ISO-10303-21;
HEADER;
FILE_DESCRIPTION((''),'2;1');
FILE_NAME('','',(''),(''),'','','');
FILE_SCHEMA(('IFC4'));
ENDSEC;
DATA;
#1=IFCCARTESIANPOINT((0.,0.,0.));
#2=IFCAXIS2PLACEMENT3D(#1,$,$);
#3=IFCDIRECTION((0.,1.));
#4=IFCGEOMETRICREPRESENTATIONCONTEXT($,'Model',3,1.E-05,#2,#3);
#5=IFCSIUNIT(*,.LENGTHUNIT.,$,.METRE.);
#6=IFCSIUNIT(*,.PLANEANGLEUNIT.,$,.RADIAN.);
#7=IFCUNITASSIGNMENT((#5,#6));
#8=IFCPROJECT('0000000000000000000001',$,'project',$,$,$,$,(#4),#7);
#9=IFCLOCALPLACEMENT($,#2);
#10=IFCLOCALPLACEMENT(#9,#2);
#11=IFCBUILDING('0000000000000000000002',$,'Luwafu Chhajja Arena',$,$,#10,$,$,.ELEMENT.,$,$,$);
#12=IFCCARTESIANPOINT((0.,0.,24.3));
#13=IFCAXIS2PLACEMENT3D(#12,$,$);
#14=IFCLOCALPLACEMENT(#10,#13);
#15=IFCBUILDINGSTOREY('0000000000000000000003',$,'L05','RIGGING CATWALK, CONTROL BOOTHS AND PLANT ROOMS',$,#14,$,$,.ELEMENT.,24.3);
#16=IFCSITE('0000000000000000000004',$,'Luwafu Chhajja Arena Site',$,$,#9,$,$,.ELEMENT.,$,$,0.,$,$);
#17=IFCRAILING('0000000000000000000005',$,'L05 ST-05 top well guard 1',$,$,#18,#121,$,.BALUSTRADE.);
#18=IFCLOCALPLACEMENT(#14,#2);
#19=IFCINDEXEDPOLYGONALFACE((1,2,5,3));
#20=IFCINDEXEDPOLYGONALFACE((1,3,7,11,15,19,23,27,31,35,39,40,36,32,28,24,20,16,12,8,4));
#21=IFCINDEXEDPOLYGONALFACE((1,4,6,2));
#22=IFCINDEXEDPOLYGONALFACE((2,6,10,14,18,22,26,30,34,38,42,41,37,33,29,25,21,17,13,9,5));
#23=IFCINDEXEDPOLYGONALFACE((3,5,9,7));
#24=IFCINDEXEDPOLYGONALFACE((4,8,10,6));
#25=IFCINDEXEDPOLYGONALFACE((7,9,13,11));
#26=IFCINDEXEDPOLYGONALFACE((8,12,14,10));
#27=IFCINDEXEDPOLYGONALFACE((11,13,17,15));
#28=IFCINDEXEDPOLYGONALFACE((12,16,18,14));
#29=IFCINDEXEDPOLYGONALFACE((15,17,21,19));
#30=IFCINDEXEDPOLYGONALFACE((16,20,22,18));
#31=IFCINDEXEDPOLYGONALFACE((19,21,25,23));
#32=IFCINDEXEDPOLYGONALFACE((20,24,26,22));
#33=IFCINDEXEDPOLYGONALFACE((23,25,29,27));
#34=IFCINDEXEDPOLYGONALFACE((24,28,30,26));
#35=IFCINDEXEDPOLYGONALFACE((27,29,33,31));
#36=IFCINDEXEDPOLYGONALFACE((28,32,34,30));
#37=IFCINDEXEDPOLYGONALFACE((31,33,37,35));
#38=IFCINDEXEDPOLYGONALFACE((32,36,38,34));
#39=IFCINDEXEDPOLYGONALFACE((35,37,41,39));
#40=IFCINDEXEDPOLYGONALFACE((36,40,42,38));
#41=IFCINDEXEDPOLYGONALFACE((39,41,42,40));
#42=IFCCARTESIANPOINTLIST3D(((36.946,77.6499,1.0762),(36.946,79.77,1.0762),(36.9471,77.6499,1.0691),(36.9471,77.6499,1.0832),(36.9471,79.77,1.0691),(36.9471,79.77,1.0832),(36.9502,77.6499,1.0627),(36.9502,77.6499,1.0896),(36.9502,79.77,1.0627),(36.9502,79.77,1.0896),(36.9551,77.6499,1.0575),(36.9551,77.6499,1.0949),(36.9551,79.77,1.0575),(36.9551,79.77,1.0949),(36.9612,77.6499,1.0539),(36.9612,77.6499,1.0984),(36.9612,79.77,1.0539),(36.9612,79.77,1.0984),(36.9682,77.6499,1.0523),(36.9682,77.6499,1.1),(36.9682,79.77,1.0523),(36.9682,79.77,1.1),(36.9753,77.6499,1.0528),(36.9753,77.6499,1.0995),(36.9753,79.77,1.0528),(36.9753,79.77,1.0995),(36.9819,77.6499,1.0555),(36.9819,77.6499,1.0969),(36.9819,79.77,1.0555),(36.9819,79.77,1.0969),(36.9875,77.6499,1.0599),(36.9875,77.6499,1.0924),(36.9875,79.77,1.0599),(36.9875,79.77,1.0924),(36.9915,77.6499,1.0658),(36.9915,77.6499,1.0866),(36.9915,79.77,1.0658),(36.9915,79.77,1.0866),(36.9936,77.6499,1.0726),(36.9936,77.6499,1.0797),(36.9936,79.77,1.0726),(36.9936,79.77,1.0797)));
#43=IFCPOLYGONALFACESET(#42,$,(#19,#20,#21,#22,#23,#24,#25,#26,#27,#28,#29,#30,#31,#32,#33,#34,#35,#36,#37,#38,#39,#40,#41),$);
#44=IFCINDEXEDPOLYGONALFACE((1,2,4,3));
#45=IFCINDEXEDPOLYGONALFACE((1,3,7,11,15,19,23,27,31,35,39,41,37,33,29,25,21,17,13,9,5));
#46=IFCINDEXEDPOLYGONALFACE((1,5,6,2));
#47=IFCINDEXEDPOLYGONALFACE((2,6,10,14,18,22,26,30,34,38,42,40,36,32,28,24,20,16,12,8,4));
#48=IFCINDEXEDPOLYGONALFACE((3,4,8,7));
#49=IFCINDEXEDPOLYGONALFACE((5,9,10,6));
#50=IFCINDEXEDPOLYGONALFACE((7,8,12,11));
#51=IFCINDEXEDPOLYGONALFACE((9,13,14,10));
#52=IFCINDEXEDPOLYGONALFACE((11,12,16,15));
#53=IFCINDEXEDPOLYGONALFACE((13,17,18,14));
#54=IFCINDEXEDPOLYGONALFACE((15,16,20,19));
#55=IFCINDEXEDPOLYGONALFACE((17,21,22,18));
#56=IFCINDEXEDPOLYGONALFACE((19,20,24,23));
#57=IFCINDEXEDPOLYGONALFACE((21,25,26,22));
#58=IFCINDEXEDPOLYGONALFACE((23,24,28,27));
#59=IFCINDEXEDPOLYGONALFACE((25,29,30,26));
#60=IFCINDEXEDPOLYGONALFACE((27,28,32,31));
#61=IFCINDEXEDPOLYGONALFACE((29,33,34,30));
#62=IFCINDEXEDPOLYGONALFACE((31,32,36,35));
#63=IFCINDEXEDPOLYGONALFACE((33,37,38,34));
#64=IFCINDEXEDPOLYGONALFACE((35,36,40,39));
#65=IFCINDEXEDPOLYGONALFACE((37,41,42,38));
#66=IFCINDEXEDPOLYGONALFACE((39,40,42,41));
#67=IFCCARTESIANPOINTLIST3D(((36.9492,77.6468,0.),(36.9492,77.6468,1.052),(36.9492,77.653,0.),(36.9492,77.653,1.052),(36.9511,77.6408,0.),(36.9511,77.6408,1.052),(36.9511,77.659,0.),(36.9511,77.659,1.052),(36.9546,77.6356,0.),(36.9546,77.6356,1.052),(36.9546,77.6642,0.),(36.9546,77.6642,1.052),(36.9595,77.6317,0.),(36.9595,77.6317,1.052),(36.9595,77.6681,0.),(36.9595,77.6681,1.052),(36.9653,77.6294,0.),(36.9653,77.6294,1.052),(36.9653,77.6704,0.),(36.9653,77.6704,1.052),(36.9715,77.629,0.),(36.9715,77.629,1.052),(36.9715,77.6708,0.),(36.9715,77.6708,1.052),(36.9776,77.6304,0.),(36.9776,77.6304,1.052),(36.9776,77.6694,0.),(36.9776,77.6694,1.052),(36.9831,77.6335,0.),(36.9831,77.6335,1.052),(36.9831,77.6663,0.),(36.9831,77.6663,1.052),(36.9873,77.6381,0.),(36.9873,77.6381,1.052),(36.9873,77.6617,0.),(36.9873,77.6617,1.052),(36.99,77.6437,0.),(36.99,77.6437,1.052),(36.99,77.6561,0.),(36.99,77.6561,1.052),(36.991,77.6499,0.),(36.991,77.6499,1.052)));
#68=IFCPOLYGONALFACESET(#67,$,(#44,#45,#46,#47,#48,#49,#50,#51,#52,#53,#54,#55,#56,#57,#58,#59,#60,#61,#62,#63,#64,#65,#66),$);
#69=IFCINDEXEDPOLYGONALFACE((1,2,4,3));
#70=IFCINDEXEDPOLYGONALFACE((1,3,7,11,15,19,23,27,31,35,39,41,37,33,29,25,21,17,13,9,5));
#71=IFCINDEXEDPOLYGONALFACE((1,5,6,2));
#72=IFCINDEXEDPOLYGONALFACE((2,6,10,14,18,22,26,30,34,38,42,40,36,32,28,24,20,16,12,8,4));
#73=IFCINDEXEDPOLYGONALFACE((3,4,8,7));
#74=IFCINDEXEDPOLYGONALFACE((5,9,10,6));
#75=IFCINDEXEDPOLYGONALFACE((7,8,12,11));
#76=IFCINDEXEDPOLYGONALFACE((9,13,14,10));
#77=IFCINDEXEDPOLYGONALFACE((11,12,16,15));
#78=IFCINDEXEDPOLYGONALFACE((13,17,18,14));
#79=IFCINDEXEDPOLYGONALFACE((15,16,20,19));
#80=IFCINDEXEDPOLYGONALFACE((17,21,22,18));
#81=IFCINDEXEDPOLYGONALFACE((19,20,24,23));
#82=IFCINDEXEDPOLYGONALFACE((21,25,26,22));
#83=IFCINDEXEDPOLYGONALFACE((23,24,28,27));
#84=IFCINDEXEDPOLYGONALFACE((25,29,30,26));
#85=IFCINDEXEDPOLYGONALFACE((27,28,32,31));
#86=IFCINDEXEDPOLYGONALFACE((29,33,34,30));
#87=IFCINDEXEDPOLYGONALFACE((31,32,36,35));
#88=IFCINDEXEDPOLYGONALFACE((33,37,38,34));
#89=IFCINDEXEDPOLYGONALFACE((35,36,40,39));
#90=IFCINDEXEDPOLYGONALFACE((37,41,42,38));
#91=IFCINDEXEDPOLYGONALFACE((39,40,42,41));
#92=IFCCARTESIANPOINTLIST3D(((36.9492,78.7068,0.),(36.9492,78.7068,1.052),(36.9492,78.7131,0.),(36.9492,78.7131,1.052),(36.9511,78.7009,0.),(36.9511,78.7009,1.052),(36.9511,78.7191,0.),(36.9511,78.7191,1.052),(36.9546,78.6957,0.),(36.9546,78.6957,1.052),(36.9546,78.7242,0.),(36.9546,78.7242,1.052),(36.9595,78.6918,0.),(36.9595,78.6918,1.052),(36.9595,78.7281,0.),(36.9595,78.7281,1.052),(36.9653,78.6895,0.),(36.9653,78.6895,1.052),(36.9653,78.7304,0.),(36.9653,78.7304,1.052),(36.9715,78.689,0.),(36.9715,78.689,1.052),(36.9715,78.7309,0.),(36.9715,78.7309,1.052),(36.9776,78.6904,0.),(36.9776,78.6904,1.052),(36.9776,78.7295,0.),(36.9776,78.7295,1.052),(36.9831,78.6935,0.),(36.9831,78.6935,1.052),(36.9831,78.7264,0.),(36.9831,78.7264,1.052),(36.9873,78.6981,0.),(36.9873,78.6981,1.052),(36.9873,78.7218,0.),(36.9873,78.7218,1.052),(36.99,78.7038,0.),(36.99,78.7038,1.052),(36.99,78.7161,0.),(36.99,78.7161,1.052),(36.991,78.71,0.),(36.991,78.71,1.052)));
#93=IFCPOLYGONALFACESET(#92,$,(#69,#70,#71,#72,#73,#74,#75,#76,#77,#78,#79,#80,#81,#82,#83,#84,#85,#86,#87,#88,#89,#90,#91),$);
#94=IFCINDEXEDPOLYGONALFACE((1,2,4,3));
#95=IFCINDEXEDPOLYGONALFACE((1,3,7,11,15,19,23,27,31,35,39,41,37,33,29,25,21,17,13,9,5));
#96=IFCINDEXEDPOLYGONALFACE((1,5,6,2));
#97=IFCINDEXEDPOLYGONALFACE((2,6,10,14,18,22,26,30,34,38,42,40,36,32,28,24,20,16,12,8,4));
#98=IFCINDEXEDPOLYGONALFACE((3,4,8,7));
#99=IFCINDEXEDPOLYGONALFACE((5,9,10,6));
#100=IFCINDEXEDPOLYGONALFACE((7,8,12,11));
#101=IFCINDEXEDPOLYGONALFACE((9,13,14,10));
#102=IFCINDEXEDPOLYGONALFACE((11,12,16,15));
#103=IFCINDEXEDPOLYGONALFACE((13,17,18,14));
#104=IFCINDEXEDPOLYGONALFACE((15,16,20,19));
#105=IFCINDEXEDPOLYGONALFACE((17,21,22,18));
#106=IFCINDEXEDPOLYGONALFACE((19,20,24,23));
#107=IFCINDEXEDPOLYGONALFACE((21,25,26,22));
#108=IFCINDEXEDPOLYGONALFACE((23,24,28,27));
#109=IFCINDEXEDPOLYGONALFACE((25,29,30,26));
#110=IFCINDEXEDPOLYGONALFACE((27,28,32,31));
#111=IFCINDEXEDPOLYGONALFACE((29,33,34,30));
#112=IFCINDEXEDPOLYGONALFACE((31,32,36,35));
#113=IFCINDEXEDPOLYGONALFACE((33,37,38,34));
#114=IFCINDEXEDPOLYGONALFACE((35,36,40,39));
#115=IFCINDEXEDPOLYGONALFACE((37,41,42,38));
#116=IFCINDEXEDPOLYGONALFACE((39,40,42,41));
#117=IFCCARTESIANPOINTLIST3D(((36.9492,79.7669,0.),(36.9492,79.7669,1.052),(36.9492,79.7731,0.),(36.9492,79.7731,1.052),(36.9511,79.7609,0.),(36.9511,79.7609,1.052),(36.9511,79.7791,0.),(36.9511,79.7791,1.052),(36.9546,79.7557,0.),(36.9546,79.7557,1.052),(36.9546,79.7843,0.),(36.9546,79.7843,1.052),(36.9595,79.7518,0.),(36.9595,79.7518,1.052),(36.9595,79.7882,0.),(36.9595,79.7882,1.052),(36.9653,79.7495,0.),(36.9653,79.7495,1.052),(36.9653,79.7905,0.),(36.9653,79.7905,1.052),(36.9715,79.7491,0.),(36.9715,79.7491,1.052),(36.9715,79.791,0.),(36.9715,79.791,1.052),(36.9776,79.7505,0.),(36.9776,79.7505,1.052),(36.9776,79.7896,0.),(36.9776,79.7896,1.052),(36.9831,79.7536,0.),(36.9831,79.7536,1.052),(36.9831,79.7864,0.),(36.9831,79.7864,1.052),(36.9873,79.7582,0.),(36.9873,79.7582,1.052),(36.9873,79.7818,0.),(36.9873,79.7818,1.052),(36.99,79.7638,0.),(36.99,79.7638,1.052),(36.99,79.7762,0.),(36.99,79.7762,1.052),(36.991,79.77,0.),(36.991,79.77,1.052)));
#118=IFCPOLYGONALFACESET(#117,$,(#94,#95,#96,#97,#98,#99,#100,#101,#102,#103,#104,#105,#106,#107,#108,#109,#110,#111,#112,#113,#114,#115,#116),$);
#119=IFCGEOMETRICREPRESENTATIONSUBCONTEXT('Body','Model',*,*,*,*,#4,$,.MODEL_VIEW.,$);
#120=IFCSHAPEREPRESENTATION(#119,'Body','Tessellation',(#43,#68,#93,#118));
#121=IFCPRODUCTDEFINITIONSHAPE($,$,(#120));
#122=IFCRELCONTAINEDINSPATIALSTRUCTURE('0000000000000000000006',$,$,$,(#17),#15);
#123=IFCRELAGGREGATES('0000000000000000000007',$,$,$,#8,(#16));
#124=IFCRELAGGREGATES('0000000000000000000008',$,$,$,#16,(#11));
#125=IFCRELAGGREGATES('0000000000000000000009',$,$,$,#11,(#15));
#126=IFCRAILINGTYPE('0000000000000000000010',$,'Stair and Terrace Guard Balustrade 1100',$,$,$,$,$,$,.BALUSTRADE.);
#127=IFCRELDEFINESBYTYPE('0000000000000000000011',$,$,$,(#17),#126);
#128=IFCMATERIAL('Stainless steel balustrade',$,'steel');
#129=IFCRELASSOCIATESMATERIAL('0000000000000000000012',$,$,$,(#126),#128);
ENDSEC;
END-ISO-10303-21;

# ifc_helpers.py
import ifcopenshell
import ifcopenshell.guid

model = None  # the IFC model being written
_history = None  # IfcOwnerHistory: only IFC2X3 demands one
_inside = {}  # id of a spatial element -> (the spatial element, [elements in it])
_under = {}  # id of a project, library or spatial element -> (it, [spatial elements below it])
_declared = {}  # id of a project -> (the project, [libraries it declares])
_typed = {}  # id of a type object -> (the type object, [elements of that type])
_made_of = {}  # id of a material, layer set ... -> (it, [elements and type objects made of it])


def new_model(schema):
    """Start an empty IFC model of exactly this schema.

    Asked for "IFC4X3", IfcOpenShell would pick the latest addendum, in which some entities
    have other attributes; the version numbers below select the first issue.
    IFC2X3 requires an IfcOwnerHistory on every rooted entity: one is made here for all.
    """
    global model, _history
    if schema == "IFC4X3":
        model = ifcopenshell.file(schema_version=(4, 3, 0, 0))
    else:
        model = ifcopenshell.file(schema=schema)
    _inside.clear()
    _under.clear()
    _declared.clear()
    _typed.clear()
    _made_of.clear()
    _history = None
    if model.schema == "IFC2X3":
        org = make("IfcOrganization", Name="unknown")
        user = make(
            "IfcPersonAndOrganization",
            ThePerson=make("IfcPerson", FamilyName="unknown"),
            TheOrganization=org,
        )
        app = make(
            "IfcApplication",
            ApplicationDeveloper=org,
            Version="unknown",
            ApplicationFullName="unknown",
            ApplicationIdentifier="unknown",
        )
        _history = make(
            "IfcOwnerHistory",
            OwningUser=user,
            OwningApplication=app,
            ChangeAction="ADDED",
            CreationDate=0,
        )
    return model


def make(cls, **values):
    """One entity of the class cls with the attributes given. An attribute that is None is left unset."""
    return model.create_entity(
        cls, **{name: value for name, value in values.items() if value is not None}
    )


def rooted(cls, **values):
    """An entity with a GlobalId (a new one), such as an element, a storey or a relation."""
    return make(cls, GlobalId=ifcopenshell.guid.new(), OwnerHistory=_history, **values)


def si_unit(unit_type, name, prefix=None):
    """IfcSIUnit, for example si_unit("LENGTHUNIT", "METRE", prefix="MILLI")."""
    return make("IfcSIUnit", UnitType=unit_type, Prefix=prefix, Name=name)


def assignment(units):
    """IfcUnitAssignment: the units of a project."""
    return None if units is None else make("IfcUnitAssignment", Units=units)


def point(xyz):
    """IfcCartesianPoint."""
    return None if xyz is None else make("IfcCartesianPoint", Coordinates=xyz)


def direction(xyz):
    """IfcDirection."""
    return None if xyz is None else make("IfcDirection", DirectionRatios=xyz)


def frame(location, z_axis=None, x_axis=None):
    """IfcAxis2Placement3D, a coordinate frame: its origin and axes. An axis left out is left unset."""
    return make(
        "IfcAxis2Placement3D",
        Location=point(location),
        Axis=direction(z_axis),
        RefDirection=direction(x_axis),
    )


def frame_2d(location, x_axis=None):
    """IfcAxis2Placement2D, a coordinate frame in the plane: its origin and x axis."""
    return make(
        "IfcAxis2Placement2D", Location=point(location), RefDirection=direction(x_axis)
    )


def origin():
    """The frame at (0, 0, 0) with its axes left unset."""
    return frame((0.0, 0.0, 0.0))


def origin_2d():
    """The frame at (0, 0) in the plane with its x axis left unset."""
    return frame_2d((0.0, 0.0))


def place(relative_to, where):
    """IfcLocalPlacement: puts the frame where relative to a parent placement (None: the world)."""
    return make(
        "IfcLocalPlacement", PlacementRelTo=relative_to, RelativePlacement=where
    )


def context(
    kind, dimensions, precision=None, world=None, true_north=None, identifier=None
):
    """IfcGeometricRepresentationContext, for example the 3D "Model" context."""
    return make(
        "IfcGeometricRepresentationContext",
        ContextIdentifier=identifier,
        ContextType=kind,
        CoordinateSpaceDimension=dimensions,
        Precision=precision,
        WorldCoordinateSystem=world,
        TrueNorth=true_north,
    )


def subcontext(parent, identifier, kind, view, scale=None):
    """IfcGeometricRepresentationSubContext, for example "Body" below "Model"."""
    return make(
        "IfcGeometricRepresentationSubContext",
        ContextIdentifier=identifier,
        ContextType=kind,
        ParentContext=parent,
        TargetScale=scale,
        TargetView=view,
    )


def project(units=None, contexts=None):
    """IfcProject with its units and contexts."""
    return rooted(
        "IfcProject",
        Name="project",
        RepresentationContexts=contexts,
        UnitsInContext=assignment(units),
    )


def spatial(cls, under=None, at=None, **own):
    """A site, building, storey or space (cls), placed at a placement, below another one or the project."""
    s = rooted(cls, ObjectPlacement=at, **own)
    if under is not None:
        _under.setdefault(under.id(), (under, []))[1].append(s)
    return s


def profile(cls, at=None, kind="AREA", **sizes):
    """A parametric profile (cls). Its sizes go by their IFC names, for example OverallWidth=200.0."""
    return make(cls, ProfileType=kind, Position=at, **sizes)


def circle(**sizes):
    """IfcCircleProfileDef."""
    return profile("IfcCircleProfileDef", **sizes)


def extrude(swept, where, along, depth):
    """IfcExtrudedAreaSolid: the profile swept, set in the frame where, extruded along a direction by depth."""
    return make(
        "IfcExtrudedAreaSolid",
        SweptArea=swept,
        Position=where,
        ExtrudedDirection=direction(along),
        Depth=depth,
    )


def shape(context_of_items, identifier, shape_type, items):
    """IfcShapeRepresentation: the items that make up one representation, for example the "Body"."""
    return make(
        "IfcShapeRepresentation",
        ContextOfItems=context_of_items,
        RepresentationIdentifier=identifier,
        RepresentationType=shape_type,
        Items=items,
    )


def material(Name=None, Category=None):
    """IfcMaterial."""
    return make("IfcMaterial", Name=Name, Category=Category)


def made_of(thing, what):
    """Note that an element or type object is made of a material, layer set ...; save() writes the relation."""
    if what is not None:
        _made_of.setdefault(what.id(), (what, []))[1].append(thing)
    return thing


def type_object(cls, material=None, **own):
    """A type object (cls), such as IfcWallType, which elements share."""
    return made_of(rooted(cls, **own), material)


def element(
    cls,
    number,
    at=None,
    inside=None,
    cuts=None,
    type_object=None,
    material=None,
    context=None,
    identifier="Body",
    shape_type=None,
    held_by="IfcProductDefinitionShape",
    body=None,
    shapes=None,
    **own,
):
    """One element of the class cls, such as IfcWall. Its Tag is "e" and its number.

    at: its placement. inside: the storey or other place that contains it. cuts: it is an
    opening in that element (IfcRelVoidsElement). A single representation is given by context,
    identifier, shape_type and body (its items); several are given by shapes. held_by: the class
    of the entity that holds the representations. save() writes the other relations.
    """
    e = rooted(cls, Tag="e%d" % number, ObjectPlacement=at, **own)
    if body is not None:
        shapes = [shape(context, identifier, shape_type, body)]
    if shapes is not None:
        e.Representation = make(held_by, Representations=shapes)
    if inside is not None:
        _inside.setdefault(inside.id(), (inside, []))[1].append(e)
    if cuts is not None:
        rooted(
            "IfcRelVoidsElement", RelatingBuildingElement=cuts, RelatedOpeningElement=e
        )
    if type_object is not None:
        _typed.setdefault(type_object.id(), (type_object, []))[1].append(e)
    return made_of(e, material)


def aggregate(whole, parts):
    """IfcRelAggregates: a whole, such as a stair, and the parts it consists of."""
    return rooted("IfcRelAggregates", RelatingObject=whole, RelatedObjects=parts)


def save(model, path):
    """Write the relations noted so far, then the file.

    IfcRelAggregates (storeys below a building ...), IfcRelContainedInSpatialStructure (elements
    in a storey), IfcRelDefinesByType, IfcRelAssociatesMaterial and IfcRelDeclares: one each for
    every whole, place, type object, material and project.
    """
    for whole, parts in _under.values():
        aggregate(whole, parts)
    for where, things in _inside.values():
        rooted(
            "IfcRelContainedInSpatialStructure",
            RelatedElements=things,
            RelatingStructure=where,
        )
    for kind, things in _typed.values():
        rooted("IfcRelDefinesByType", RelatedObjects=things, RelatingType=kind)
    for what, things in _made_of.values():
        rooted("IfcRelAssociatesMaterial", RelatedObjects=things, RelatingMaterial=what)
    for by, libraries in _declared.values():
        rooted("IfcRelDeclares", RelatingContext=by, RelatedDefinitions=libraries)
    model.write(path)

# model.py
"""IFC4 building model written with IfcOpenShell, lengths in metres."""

from ifc_helpers import new_model, si_unit, direction, frame, origin, origin_2d, place, context, subcontext, project, spatial, circle, extrude, material, type_object, element, save


model = new_model("IFC4")

# Units and contexts
model_context = context("Model", 3, precision=1e-05, world=origin(), true_north=direction((0.0, 1.0)))
body_context = subcontext(model_context, "Body", "Model", "MODEL_VIEW")
ifc_project = project(units=[si_unit("LENGTHUNIT", "METRE"), si_unit("PLANEANGLEUNIT", "RADIAN")], contexts=[model_context])

# Site, building, storey
site_placement = place(None, origin())
site = spatial("IfcSite", under=ifc_project, at=site_placement, Name="Luwafu Chhajja Arena Site", CompositionType="ELEMENT", RefElevation=0.0)
building_placement = place(site_placement, origin())
building = spatial("IfcBuilding", under=site, at=building_placement, Name="Luwafu Chhajja Arena", CompositionType="ELEMENT")
storey_placement = place(building_placement, frame((0.0, 0.0, 24.3)))
storey = spatial("IfcBuildingStorey", under=building, at=storey_placement, Name="L05", Description="RIGGING CATWALK, CONTROL BOOTHS AND PLANT ROOMS", CompositionType="ELEMENT", Elevation=24.3)

# Railing
ifc_material_1 = material(Name="Stainless steel balustrade", Category="steel")
railing_type = type_object("IfcRailingType", Name="Stair and Terrace Guard Balustrade 1100", PredefinedType="BALUSTRADE", material=ifc_material_1)
railing_1_placement = place(storey_placement, frame((36.97, 77.6499, 0.0)))
element("IfcRailing", 1, at=railing_1_placement, inside=storey, type_object=railing_type, Name="L05 ST-05 top well guard 1", PredefinedType="BALUSTRADE", context=body_context, shape_type="SweptSolid", body=[
    extrude(circle(Radius=0.0239, at=origin_2d()), frame((0.0, 0.0, 1.0762), z_axis=(0.0, 1.0, 0.0), x_axis=(-1.0, 0.0, 0.0)), (0.0, 0.0, 1.0), 2.1201),
    extrude(circle(Radius=0.021, at=origin_2d()), origin(), (0.0, 0.0, 1.0), 1.052),
    extrude(circle(Radius=0.021, at=origin_2d()), frame((0.0, 1.0601, 0.0)), (0.0, 0.0, 1.0), 1.052),
    extrude(circle(Radius=0.021, at=origin_2d()), frame((0.0, 2.1201, 0.0)), (0.0, 0.0, 1.0), 1.052),
])

save(model, "model.ifc")
